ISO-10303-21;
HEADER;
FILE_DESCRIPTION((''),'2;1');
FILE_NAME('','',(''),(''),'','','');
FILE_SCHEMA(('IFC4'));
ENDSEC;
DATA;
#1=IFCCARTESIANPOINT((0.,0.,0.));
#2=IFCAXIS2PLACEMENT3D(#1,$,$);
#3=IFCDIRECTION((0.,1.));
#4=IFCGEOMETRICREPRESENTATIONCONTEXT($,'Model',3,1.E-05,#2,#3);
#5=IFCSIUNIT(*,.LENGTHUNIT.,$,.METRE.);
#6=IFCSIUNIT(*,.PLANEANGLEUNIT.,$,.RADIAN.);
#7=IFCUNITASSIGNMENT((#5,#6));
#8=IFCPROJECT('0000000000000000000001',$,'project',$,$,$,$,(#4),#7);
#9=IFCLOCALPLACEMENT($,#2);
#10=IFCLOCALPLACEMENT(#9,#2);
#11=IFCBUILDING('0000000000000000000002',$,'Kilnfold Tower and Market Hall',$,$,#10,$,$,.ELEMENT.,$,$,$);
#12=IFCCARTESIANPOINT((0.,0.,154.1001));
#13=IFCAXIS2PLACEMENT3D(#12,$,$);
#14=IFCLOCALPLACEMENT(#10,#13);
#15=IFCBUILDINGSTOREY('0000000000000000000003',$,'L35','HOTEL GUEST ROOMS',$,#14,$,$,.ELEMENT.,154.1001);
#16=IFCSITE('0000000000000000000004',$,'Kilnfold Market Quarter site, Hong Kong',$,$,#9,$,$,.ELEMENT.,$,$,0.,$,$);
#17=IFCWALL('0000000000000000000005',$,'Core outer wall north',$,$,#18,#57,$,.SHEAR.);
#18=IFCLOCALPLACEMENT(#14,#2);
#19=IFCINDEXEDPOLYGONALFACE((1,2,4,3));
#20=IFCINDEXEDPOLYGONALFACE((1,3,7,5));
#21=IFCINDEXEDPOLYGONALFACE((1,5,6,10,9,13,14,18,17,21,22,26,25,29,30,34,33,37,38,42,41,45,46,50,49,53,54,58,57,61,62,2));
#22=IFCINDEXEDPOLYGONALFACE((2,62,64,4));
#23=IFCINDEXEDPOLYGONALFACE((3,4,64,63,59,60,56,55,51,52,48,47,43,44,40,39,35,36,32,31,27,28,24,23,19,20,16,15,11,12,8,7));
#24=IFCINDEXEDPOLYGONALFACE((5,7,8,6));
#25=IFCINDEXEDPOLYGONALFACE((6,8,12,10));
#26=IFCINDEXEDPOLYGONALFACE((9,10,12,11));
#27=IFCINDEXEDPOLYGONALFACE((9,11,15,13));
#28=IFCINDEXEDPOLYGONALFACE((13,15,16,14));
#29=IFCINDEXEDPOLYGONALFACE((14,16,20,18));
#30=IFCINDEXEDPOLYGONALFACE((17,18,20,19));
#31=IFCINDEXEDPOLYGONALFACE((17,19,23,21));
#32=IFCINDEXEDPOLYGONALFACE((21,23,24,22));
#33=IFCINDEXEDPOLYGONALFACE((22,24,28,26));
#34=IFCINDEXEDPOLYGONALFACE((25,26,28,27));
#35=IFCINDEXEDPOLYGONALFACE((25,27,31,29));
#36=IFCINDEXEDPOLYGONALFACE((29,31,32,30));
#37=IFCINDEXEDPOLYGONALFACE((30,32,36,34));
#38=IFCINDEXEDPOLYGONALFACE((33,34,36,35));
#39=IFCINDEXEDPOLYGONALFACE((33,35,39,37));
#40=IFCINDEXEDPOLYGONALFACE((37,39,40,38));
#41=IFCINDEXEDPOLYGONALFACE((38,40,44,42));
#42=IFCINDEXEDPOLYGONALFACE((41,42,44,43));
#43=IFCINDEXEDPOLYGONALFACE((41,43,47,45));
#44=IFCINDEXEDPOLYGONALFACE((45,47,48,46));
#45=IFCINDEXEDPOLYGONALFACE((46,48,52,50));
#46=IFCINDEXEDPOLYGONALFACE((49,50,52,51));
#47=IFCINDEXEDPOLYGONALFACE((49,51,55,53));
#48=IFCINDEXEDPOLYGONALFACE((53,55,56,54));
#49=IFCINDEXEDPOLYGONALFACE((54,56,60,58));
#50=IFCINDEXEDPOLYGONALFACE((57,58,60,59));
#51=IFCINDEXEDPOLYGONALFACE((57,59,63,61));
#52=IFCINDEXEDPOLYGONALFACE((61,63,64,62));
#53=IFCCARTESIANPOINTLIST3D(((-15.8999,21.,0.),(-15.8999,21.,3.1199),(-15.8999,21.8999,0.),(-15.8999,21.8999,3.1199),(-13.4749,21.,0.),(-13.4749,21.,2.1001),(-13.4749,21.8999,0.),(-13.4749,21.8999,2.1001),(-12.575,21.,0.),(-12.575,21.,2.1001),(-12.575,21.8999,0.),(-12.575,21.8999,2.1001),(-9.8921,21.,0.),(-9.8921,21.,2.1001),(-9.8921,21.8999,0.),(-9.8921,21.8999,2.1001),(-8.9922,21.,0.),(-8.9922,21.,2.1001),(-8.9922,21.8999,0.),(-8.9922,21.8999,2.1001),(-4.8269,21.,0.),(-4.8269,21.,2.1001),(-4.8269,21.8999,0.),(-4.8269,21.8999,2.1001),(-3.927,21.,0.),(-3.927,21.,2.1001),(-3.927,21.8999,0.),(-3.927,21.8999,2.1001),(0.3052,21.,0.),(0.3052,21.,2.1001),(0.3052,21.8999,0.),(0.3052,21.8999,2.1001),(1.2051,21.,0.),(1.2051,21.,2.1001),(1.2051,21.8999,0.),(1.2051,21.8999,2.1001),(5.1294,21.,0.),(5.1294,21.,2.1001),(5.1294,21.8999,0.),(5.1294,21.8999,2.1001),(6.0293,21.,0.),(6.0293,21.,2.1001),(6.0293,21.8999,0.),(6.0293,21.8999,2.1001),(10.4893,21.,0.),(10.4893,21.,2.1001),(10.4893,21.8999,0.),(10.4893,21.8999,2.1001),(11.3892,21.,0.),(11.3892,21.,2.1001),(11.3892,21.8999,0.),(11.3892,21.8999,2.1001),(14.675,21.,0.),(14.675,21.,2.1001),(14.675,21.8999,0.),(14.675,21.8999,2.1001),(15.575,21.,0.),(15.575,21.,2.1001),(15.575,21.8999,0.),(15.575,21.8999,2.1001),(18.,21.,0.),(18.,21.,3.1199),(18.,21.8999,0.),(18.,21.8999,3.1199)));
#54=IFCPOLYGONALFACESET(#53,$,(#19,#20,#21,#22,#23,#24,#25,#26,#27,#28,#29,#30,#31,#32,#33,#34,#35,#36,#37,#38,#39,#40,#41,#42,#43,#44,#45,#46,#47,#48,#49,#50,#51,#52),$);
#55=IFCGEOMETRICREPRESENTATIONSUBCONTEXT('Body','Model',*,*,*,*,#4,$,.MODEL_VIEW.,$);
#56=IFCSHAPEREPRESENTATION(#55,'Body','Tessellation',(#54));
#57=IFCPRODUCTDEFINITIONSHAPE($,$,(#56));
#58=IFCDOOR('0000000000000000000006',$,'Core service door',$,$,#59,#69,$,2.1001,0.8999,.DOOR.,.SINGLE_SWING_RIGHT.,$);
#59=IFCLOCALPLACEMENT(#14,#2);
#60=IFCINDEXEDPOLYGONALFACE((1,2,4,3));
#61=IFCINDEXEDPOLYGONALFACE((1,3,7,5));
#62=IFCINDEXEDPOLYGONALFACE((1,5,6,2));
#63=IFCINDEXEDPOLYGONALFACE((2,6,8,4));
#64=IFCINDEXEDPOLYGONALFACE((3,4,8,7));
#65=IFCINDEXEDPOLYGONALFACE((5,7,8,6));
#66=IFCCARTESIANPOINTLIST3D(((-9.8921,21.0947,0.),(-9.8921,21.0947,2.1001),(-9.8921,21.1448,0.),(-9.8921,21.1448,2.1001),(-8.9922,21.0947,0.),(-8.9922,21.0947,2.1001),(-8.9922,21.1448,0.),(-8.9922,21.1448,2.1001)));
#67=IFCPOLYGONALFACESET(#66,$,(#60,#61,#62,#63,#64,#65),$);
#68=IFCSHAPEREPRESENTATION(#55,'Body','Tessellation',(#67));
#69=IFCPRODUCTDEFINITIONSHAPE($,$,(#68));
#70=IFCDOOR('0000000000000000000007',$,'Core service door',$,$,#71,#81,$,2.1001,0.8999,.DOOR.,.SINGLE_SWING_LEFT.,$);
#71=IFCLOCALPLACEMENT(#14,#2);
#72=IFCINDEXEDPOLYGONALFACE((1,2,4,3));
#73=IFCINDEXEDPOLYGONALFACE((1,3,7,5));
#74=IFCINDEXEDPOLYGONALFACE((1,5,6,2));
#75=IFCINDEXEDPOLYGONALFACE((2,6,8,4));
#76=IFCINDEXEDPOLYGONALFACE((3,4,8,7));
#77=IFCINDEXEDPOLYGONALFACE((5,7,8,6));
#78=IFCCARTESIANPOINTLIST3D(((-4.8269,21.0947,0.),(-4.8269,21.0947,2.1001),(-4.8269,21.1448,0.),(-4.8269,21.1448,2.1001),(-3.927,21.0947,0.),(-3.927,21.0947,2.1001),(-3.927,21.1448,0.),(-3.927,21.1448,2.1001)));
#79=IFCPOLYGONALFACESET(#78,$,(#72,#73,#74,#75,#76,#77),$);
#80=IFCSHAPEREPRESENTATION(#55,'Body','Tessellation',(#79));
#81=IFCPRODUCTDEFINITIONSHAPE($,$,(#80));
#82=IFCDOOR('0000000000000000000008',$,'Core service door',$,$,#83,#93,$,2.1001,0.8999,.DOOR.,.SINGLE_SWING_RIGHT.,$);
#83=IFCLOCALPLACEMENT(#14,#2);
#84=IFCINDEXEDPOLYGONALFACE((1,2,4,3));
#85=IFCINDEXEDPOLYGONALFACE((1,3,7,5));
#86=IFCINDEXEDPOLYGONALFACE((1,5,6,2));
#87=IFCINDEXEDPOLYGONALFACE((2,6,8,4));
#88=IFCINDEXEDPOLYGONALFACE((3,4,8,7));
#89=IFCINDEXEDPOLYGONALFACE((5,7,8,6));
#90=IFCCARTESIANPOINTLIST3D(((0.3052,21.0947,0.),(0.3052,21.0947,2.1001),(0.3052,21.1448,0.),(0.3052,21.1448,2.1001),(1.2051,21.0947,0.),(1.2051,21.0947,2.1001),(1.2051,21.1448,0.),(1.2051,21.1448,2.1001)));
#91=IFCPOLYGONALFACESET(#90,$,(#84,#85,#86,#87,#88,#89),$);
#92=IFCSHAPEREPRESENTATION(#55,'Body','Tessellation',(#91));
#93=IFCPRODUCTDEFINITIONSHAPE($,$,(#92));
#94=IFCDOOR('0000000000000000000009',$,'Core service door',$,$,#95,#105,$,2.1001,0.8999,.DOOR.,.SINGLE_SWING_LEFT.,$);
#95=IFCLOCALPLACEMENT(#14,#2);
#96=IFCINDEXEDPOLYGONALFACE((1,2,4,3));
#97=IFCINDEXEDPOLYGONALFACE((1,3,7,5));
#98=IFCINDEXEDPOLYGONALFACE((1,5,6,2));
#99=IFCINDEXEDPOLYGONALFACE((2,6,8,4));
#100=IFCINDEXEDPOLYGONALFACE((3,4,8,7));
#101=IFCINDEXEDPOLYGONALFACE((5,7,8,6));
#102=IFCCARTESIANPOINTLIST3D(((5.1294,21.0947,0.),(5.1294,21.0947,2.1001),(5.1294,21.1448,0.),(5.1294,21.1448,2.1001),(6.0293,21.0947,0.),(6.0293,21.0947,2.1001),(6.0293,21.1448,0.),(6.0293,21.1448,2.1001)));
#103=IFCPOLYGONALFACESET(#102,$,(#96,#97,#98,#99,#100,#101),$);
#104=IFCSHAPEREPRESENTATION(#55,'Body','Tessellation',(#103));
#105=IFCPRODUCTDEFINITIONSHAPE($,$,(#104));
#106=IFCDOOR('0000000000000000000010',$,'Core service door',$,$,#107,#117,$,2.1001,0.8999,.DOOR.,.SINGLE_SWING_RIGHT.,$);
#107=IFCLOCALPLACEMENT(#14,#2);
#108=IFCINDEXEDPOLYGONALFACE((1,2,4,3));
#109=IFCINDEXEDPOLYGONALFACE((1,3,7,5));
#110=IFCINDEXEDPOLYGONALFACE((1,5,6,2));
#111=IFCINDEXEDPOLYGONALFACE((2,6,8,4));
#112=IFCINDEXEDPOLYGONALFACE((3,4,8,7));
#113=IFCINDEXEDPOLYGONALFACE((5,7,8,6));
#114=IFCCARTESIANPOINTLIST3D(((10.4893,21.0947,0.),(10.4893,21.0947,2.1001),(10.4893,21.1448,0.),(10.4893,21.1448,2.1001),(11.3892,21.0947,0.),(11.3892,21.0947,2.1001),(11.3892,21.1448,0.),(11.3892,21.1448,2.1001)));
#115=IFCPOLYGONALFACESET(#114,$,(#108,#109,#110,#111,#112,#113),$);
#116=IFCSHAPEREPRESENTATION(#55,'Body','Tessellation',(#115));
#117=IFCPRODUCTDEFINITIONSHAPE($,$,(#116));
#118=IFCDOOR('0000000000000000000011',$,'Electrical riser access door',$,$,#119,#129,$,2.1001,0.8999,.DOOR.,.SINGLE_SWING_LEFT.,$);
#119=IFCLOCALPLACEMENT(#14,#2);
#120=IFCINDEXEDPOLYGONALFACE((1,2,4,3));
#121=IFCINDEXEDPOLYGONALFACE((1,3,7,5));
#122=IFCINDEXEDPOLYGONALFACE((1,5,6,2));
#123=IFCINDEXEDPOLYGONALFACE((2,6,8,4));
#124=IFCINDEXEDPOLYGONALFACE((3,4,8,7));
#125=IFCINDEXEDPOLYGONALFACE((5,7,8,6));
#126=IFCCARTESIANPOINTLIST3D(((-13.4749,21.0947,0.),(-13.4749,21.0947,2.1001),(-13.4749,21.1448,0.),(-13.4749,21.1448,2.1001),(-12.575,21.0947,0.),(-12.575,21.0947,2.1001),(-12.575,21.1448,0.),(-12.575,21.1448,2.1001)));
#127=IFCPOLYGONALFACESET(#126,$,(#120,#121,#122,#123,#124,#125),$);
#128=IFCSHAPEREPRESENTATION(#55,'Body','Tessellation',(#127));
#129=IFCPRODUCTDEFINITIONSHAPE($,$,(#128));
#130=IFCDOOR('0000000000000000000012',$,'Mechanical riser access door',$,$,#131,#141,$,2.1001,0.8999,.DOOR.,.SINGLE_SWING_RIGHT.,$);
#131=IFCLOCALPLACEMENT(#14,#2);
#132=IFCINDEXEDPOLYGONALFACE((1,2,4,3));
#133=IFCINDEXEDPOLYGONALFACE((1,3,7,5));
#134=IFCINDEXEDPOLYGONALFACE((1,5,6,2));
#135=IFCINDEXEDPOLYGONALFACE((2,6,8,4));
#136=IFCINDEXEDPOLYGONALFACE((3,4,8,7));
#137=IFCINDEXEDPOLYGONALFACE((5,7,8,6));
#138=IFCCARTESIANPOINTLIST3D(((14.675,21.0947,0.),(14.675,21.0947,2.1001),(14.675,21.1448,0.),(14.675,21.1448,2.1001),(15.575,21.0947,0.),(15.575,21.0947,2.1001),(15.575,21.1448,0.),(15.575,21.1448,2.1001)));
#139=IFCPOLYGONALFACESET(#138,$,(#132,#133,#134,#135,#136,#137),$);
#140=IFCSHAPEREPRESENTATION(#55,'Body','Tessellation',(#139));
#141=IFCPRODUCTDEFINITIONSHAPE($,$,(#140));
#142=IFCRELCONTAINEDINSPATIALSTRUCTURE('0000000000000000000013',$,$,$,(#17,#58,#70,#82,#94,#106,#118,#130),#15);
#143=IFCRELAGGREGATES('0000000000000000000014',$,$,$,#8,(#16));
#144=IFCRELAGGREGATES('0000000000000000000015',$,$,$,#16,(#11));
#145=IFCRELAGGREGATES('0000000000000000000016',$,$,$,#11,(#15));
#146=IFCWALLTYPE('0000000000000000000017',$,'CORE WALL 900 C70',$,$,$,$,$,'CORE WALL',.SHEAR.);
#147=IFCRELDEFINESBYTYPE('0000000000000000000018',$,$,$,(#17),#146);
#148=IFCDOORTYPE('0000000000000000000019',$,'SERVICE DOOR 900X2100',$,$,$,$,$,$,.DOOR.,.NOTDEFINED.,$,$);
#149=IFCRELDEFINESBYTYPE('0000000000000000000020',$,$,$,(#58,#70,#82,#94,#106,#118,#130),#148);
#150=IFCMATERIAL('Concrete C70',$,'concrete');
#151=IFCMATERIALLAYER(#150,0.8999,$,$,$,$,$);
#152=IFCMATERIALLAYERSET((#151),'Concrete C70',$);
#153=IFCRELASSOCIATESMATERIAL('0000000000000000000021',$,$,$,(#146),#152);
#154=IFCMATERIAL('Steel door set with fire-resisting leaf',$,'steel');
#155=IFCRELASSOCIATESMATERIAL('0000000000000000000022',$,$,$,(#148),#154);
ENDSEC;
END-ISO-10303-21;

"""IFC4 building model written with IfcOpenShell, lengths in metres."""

from ifc_helpers import new_model, si_unit, direction, frame, frame_2d, origin, place, context, subcontext, project, spatial, rectangle, extrude, source, transform, mapped, material, layer, layer_set, type_object, element, fill, save


model = new_model("IFC4")

# Units and contexts
model_context = context("Model", 3, precision=1e-05, world=origin(), true_north=direction((0.0, 1.0)))
body_context = subcontext(model_context, "Body", "Model", "MODEL_VIEW")
ifc_project = project(units=[si_unit("LENGTHUNIT", "METRE"), si_unit("PLANEANGLEUNIT", "RADIAN")], contexts=[model_context])

# Site, building, storey
site_placement = place(None, origin())
site = spatial("IfcSite", under=ifc_project, at=site_placement, Name="Kilnfold Market Quarter site, Hong Kong", CompositionType="ELEMENT", RefElevation=0.0)
building_placement = place(site_placement, origin())
building = spatial("IfcBuilding", under=site, at=building_placement, Name="Kilnfold Tower and Market Hall", CompositionType="ELEMENT")
storey_placement = place(building_placement, frame((0.0, 0.0, 154.1001)))
storey = spatial("IfcBuildingStorey", under=building, at=storey_placement, Name="L35", Description="HOTEL GUEST ROOMS", CompositionType="ELEMENT", Elevation=154.1001)

# Wall, openings, doors
ifc_material_1 = material(Name="Concrete C70", Category="concrete")
ifc_layer_1 = layer(ifc_material_1, 0.8999)
ifc_layer_set_1 = layer_set([ifc_layer_1], Name="Concrete C70")
wall_type_1 = type_object("IfcWallType", Name="CORE WALL 900 C70", ElementType="CORE WALL", PredefinedType="SHEAR", material=ifc_layer_set_1)
shared_shape_1 = source(origin(), body_context, "Body", "SweptSolid", [
    extrude(rectangle(XDim=33.8999, YDim=0.8999, at=frame_2d((16.95, 0.0))), origin(), (0.0, 0.0, 1.0), 3.1199),
])
wall_1_placement = place(storey_placement, frame((-15.8999, 21.45, 0.0), z_axis=(0.0, 0.0, 1.0), x_axis=(1.0, 0.0, 0.0)))
wall_1 = element("IfcWall", 1, at=wall_1_placement, inside=storey, type_object=wall_type_1, Name="Core outer wall north", PredefinedType="SHEAR", context=body_context, shape_type="MappedRepresentation", body=[
    mapped(shared_shape_1, transform((0.0, 0.0, 0.0))),
])
opening_1_placement = place(wall_1_placement, frame((6.0078, 0.0, 0.0)))
opening_1 = element("IfcOpeningElement", 2, at=opening_1_placement, cuts=wall_1, PredefinedType="OPENING", context=body_context, shape_type="SweptSolid", body=[
    extrude(rectangle(XDim=0.8999, YDim=2.1001, at=frame_2d((0.45, 1.05))), frame((0.0, 0.46, 0.0), z_axis=(0.0, -1.0, 0.0), x_axis=(1.0, 0.0, 0.0)), (0.0, 0.0, 1.0), 0.9199),
])
opening_2_placement = place(wall_1_placement, frame((11.073, 0.0, 0.0)))
opening_2 = element("IfcOpeningElement", 3, at=opening_2_placement, cuts=wall_1, PredefinedType="OPENING", context=body_context, shape_type="SweptSolid", body=[
    extrude(rectangle(XDim=0.8999, YDim=2.1001, at=frame_2d((0.45, 1.05))), frame((0.0, 0.46, 0.0), z_axis=(0.0, -1.0, 0.0), x_axis=(1.0, 0.0, 0.0)), (0.0, 0.0, 1.0), 0.9199),
])
opening_3_placement = place(wall_1_placement, frame((16.2051, 0.0, 0.0)))
opening_3 = element("IfcOpeningElement", 4, at=opening_3_placement, cuts=wall_1, PredefinedType="OPENING", context=body_context, shape_type="SweptSolid", body=[
    extrude(rectangle(XDim=0.8999, YDim=2.1001, at=frame_2d((0.45, 1.05))), frame((0.0, 0.46, 0.0), z_axis=(0.0, -1.0, 0.0), x_axis=(1.0, 0.0, 0.0)), (0.0, 0.0, 1.0), 0.9199),
])
opening_4_placement = place(wall_1_placement, frame((21.0293, 0.0, 0.0)))
opening_4 = element("IfcOpeningElement", 5, at=opening_4_placement, cuts=wall_1, PredefinedType="OPENING", context=body_context, shape_type="SweptSolid", body=[
    extrude(rectangle(XDim=0.8999, YDim=2.1001, at=frame_2d((0.45, 1.05))), frame((0.0, 0.46, 0.0), z_axis=(0.0, -1.0, 0.0), x_axis=(1.0, 0.0, 0.0)), (0.0, 0.0, 1.0), 0.9199),
])
opening_5_placement = place(wall_1_placement, frame((26.3892, 0.0, 0.0)))
opening_5 = element("IfcOpeningElement", 6, at=opening_5_placement, cuts=wall_1, PredefinedType="OPENING", context=body_context, shape_type="SweptSolid", body=[
    extrude(rectangle(XDim=0.8999, YDim=2.1001, at=frame_2d((0.45, 1.05))), frame((0.0, 0.46, 0.0), z_axis=(0.0, -1.0, 0.0), x_axis=(1.0, 0.0, 0.0)), (0.0, 0.0, 1.0), 0.9199),
])
opening_6_placement = place(wall_1_placement, frame((2.425, 0.0, 0.0)))
opening_6 = element("IfcOpeningElement", 7, at=opening_6_placement, cuts=wall_1, PredefinedType="OPENING", context=body_context, shape_type="SweptSolid", body=[
    extrude(rectangle(XDim=0.8999, YDim=2.1001, at=frame_2d((0.45, 1.05))), frame((0.0, 0.46, 0.0), z_axis=(0.0, -1.0, 0.0), x_axis=(1.0, 0.0, 0.0)), (0.0, 0.0, 1.0), 0.9199),
])
opening_7_placement = place(wall_1_placement, frame((30.575, 0.0, 0.0)))
opening_7 = element("IfcOpeningElement", 8, at=opening_7_placement, cuts=wall_1, PredefinedType="OPENING", context=body_context, shape_type="SweptSolid", body=[
    extrude(rectangle(XDim=0.8999, YDim=2.1001, at=frame_2d((0.45, 1.05))), frame((0.0, 0.46, 0.0), z_axis=(0.0, -1.0, 0.0), x_axis=(1.0, 0.0, 0.0)), (0.0, 0.0, 1.0), 0.9199),
])
ifc_material_2 = material(Name="Steel door set with fire-resisting leaf", Category="steel")
door_type_1 = type_object("IfcDoorType", Name="SERVICE DOOR 900X2100", OperationType="NOTDEFINED", PredefinedType="DOOR", material=ifc_material_2)
door_1_placement = place(opening_1_placement, origin())
door_1 = element("IfcDoor", 9, at=door_1_placement, inside=storey, type_object=door_type_1, Name="Core service door", OperationType="SINGLE_SWING_RIGHT", OverallHeight=2.1001, OverallWidth=0.8999, PredefinedType="DOOR", context=body_context, shape_type="SweptSolid", body=[
    extrude(rectangle(XDim=0.8999, YDim=2.1001, at=frame_2d((0.45, 1.05))), frame((0.0, -0.3052, 0.0), z_axis=(0.0, -1.0, 0.0), x_axis=(1.0, 0.0, 0.0)), (0.0, 0.0, 1.0), 0.05),
])
fill(opening_1, door_1)
door_2_placement = place(opening_2_placement, origin())
door_2 = element("IfcDoor", 10, at=door_2_placement, inside=storey, type_object=door_type_1, Name="Core service door", OperationType="SINGLE_SWING_LEFT", OverallHeight=2.1001, OverallWidth=0.8999, PredefinedType="DOOR", context=body_context, shape_type="SweptSolid", body=[
    extrude(rectangle(XDim=0.8999, YDim=2.1001, at=frame_2d((0.45, 1.05))), frame((0.0, -0.3052, 0.0), z_axis=(0.0, -1.0, 0.0), x_axis=(1.0, 0.0, 0.0)), (0.0, 0.0, 1.0), 0.05),
])
fill(opening_2, door_2)
door_3_placement = place(opening_3_placement, origin())
door_3 = element("IfcDoor", 11, at=door_3_placement, inside=storey, type_object=door_type_1, Name="Core service door", OperationType="SINGLE_SWING_RIGHT", OverallHeight=2.1001, OverallWidth=0.8999, PredefinedType="DOOR", context=body_context, shape_type="SweptSolid", body=[
    extrude(rectangle(XDim=0.8999, YDim=2.1001, at=frame_2d((0.45, 1.05))), frame((0.0, -0.3052, 0.0), z_axis=(0.0, -1.0, 0.0), x_axis=(1.0, 0.0, 0.0)), (0.0, 0.0, 1.0), 0.05),
])
fill(opening_3, door_3)
door_4_placement = place(opening_4_placement, origin())
door_4 = element("IfcDoor", 12, at=door_4_placement, inside=storey, type_object=door_type_1, Name="Core service door", OperationType="SINGLE_SWING_LEFT", OverallHeight=2.1001, OverallWidth=0.8999, PredefinedType="DOOR", context=body_context, shape_type="SweptSolid", body=[
    extrude(rectangle(XDim=0.8999, YDim=2.1001, at=frame_2d((0.45, 1.05))), frame((0.0, -0.3052, 0.0), z_axis=(0.0, -1.0, 0.0), x_axis=(1.0, 0.0, 0.0)), (0.0, 0.0, 1.0), 0.05),
])
fill(opening_4, door_4)
door_5_placement = place(opening_5_placement, origin())
door_5 = element("IfcDoor", 13, at=door_5_placement, inside=storey, type_object=door_type_1, Name="Core service door", OperationType="SINGLE_SWING_RIGHT", OverallHeight=2.1001, OverallWidth=0.8999, PredefinedType="DOOR", context=body_context, shape_type="SweptSolid", body=[
    extrude(rectangle(XDim=0.8999, YDim=2.1001, at=frame_2d((0.45, 1.05))), frame((0.0, -0.3052, 0.0), z_axis=(0.0, -1.0, 0.0), x_axis=(1.0, 0.0, 0.0)), (0.0, 0.0, 1.0), 0.05),
])
fill(opening_5, door_5)
door_6_placement = place(opening_6_placement, origin())
door_6 = element("IfcDoor", 14, at=door_6_placement, inside=storey, type_object=door_type_1, Name="Electrical riser access door", OperationType="SINGLE_SWING_LEFT", OverallHeight=2.1001, OverallWidth=0.8999, PredefinedType="DOOR", context=body_context, shape_type="SweptSolid", body=[
    extrude(rectangle(XDim=0.8999, YDim=2.1001, at=frame_2d((0.45, 1.05))), frame((0.0, -0.3052, 0.0), z_axis=(0.0, -1.0, 0.0), x_axis=(1.0, 0.0, 0.0)), (0.0, 0.0, 1.0), 0.05),
])
fill(opening_6, door_6)
door_7_placement = place(opening_7_placement, origin())
door_7 = element("IfcDoor", 15, at=door_7_placement, inside=storey, type_object=door_type_1, Name="Mechanical riser access door", OperationType="SINGLE_SWING_RIGHT", OverallHeight=2.1001, OverallWidth=0.8999, PredefinedType="DOOR", context=body_context, shape_type="SweptSolid", body=[
    extrude(rectangle(XDim=0.8999, YDim=2.1001, at=frame_2d((0.45, 1.05))), frame((0.0, -0.3052, 0.0), z_axis=(0.0, -1.0, 0.0), x_axis=(1.0, 0.0, 0.0)), (0.0, 0.0, 1.0), 0.05),
])
fill(opening_7, door_7)

save(model, "model.ifc")
